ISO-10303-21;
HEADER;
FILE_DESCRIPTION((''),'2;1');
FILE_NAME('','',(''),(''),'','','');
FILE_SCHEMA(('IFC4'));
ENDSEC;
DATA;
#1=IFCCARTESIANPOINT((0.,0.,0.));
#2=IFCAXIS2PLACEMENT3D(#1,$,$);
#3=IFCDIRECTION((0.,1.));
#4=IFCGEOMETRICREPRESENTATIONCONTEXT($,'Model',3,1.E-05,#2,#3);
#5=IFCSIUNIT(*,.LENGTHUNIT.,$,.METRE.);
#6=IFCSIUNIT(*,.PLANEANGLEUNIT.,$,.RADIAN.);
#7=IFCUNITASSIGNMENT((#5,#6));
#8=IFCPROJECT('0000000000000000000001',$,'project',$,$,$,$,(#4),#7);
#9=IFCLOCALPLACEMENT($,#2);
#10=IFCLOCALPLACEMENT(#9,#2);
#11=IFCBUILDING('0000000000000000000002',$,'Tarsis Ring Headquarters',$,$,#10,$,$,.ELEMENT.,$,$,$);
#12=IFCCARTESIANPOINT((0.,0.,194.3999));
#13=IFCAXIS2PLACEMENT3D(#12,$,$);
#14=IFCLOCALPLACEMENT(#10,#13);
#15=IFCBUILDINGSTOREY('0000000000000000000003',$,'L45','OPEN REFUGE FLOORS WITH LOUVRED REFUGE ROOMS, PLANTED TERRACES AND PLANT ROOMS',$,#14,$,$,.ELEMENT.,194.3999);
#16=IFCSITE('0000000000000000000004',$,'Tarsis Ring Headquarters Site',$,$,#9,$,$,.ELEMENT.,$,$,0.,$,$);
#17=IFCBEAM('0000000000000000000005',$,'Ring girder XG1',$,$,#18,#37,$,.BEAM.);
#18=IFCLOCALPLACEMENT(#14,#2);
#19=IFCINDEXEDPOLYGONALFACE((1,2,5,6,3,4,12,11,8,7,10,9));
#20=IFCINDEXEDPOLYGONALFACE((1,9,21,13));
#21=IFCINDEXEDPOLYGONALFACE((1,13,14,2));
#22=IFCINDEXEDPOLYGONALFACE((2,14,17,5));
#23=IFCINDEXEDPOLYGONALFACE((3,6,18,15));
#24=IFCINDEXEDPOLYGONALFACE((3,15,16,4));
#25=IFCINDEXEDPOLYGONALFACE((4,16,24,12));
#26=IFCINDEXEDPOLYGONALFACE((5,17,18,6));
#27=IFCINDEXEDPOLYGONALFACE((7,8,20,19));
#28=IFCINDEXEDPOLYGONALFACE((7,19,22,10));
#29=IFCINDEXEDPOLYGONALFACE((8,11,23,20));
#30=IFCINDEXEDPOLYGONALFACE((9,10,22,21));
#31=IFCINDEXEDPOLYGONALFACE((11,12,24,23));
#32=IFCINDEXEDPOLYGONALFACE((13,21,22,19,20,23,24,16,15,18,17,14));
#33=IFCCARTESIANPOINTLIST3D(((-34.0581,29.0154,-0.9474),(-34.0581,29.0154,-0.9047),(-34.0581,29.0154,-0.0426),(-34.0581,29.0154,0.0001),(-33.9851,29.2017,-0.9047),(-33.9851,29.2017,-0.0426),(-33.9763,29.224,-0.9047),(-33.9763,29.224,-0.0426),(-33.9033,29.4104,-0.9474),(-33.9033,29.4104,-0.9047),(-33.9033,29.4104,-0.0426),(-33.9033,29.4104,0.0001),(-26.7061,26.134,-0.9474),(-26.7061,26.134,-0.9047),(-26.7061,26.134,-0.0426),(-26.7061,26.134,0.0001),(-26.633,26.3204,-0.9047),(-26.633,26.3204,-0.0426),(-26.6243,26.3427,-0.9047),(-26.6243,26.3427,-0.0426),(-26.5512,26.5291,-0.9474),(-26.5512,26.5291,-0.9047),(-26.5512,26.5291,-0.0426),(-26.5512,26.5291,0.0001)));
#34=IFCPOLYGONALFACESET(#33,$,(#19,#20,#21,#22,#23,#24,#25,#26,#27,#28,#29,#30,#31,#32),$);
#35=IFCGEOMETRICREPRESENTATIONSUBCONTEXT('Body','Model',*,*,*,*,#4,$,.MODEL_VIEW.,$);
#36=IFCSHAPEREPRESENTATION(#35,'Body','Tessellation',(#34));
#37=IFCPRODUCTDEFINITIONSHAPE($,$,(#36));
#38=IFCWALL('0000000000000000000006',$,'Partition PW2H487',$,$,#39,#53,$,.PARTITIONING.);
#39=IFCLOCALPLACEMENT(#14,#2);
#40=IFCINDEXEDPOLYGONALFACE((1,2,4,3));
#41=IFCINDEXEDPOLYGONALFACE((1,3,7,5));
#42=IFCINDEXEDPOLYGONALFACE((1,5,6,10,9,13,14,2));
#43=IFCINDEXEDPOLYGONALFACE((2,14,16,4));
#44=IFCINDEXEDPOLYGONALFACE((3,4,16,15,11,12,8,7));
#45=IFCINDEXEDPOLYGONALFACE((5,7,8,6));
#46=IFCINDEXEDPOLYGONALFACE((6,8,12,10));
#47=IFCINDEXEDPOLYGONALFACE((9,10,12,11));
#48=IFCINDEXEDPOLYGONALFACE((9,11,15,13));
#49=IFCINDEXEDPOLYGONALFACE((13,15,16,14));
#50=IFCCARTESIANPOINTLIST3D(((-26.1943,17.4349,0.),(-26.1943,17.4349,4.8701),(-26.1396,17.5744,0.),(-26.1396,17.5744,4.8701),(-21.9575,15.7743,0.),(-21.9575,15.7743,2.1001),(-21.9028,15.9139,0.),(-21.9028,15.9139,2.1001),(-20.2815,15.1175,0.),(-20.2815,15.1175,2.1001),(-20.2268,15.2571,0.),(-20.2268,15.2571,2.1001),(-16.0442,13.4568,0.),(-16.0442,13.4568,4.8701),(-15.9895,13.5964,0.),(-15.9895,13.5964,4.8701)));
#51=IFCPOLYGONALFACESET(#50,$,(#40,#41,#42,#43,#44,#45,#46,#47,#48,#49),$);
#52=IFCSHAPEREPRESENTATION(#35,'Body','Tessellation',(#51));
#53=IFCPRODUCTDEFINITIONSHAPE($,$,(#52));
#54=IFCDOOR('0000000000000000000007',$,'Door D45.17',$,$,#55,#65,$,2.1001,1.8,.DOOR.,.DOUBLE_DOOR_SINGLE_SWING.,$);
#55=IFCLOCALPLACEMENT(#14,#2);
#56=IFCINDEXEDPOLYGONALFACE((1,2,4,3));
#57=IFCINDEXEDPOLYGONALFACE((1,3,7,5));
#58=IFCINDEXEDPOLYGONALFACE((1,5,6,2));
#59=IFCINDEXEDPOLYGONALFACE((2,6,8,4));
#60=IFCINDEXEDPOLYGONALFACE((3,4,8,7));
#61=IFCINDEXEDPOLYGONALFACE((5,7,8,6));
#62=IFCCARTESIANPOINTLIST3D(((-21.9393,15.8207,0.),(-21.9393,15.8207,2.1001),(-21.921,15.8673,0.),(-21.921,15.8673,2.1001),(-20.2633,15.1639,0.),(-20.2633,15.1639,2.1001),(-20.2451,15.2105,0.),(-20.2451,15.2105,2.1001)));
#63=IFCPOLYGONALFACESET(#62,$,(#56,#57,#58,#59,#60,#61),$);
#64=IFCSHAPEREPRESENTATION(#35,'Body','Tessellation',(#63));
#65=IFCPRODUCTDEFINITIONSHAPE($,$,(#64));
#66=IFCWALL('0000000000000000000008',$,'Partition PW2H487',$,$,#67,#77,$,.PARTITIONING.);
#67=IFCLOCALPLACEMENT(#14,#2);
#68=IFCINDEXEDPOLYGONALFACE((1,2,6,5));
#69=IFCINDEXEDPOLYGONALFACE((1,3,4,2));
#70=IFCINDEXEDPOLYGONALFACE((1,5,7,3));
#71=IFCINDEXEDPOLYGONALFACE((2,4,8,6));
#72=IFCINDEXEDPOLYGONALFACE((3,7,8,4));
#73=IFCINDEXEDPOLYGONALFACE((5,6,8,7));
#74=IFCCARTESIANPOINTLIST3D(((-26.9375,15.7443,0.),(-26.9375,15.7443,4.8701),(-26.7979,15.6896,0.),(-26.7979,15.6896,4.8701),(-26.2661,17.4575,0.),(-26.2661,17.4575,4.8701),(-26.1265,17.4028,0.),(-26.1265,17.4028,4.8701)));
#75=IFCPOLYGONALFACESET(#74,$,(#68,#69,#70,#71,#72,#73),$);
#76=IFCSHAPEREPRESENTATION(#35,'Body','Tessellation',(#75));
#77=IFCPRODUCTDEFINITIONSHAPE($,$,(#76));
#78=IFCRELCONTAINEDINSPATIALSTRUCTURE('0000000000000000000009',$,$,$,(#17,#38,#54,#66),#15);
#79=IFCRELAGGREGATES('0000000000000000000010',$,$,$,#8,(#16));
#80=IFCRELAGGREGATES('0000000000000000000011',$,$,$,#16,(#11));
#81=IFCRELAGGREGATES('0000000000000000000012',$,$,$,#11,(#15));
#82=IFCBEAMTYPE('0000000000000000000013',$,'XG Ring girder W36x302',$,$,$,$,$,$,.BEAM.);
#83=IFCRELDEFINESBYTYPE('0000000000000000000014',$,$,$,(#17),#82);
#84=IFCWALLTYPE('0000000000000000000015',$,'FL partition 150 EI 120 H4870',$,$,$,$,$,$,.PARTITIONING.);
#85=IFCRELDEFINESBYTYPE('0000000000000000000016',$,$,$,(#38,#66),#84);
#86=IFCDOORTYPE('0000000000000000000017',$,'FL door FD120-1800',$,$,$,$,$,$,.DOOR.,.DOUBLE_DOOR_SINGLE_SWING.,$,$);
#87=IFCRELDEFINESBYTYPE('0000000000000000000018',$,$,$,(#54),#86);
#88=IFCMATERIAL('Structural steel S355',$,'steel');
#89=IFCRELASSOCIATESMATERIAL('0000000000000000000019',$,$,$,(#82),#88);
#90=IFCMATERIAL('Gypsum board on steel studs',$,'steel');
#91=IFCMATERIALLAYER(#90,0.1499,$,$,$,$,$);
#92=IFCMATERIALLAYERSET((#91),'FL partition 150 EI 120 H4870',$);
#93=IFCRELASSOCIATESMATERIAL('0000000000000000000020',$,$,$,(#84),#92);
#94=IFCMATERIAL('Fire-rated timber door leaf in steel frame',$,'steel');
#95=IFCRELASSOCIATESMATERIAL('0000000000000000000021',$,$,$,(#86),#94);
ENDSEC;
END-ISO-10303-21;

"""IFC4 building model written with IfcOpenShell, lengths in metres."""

from ifc_helpers import new_model, si_unit, direction, frame, frame_2d, origin, origin_2d, place, context, subcontext, project, spatial, rectangle, i_section, extrude, material, layer, layer_set, material_profile, profile_set, type_object, element, fill, save


model = new_model("IFC4")

# Units and contexts
model_context = context("Model", 3, precision=1e-05, world=origin(), true_north=direction((0.0, 1.0)))
body_context = subcontext(model_context, "Body", "Model", "MODEL_VIEW")
ifc_project = project(units=[si_unit("LENGTHUNIT", "METRE"), si_unit("PLANEANGLEUNIT", "RADIAN")], contexts=[model_context])

# Site, building, storey
site_placement = place(None, origin())
site = spatial("IfcSite", under=ifc_project, at=site_placement, Name="Tarsis Ring Headquarters Site", CompositionType="ELEMENT", RefElevation=0.0)
building_placement = place(site_placement, origin())
building = spatial("IfcBuilding", under=site, at=building_placement, Name="Tarsis Ring Headquarters", CompositionType="ELEMENT")
storey_placement = place(building_placement, frame((0.0, 0.0, 194.3999)))
storey = spatial("IfcBuildingStorey", under=building, at=storey_placement, Name="L45", Description="OPEN REFUGE FLOORS WITH LOUVRED REFUGE ROOMS, PLANTED TERRACES AND PLANT ROOMS", CompositionType="ELEMENT", Elevation=194.3999)

# Shared definitions
ifc_material_1 = material(Name="Structural steel S355", Category="steel")

# Beam
ifc_material_profile_1 = material_profile(ifc_material_1, i_section(OverallWidth=0.4243, OverallDepth=0.9475, WebThickness=0.0239, FlangeThickness=0.0427, at=origin_2d()), Name="W36x302")
ifc_profile_set_1 = profile_set([ifc_material_profile_1], Name="Structural steel S355")
beam_type_1 = type_object("IfcBeamType", Name="XG Ring girder W36x302", PredefinedType="BEAM", material=ifc_profile_set_1)
for number, where, z_axis, x_axis, name in (
    (1, (-26.6287, 26.3315, -0.4736), (-0.931051, 0.364889, 0.0), (-0.364889, -0.931051, 0.0), "Ring girder XG1"),
):
    element("IfcBeam", number, at=place(storey_placement, frame(where, z_axis=z_axis, x_axis=x_axis)), inside=storey, type_object=beam_type_1, Name=name, PredefinedType="BEAM", context=body_context, shape_type="SweptSolid", body=[
        extrude(i_section(OverallWidth=0.4243, OverallDepth=0.9475, WebThickness=0.0239, FlangeThickness=0.0427, at=origin_2d()), origin(), (0.0, 0.0, 1.0), 7.8965),
    ])

# Wall, opening, door
ifc_material_2 = material(Name="Gypsum board on steel studs", Category="steel")
ifc_layer_1 = layer(ifc_material_2, 0.1499)
ifc_layer_set_1 = layer_set([ifc_layer_1], Name="FL partition 150 EI 120 H4870")
wall_type_1 = type_object("IfcWallType", Name="FL partition 150 EI 120 H4870", PredefinedType="PARTITIONING", material=ifc_layer_set_1)
wall_1_placement = place(storey_placement, frame((-26.167, 17.5046, 0.0), z_axis=(0.0, 0.0, 1.0), x_axis=(0.931049, -0.364895, 0.0)))
wall_1 = element("IfcWall", 2, at=wall_1_placement, inside=storey, type_object=wall_type_1, Name="Partition PW2H487", PredefinedType="PARTITIONING", context=body_context, shape_type="SweptSolid", body=[
    extrude(rectangle(XDim=10.9019, YDim=0.1499, at=frame_2d((5.4509, 0.0))), origin(), (0.0, 0.0, 1.0), 4.8701),
])
opening_1_placement = place(wall_1_placement, frame((4.5508, 0.0, 0.0)))
opening_1 = element("IfcOpeningElement", 3, at=opening_1_placement, cuts=wall_1, PredefinedType="OPENING", context=body_context, shape_type="SweptSolid", body=[
    extrude(rectangle(XDim=1.8, YDim=2.1001, at=frame_2d((0.8999, 1.05))), frame((0.0, 0.085, 0.0), z_axis=(0.0, -1.0, 0.0), x_axis=(1.0, 0.0, 0.0)), (0.0, 0.0, 1.0), 0.1699),
])
ifc_material_3 = material(Name="Fire-rated timber door leaf in steel frame", Category="steel")
door_type_1 = type_object("IfcDoorType", Name="FL door FD120-1800", OperationType="DOUBLE_DOOR_SINGLE_SWING", PredefinedType="DOOR", material=ifc_material_3)
door_1_placement = place(opening_1_placement, origin())
door_1 = element("IfcDoor", 4, at=door_1_placement, inside=storey, type_object=door_type_1, Name="Door D45.17", OperationType="DOUBLE_DOOR_SINGLE_SWING", OverallHeight=2.1001, OverallWidth=1.8, PredefinedType="DOOR", context=body_context, shape_type="SweptSolid", body=[
    extrude(rectangle(XDim=1.8, YDim=2.1001, at=frame_2d((0.8999, 1.05))), frame((0.0, 0.0249, 0.0), z_axis=(0.0, -1.0, 0.0), x_axis=(1.0, 0.0, 0.0)), (0.0, 0.0, 1.0), 0.05),
])
fill(opening_1, door_1)

# Wall
wall_2_placement = place(storey_placement, frame((-26.8677, 15.717, 0.0), z_axis=(0.0, 0.0, 1.0), x_axis=(0.364885, 0.931053, 0.0)))
element("IfcWall", 5, at=wall_2_placement, inside=storey, type_object=wall_type_1, Name="Partition PW2H487", PredefinedType="PARTITIONING", context=body_context, shape_type="SweptSolid", body=[
    extrude(rectangle(XDim=1.8401, YDim=0.1499, at=frame_2d((0.9199, 0.0))), origin(), (0.0, 0.0, 1.0), 4.8701),
])

save(model, "model.ifc")
